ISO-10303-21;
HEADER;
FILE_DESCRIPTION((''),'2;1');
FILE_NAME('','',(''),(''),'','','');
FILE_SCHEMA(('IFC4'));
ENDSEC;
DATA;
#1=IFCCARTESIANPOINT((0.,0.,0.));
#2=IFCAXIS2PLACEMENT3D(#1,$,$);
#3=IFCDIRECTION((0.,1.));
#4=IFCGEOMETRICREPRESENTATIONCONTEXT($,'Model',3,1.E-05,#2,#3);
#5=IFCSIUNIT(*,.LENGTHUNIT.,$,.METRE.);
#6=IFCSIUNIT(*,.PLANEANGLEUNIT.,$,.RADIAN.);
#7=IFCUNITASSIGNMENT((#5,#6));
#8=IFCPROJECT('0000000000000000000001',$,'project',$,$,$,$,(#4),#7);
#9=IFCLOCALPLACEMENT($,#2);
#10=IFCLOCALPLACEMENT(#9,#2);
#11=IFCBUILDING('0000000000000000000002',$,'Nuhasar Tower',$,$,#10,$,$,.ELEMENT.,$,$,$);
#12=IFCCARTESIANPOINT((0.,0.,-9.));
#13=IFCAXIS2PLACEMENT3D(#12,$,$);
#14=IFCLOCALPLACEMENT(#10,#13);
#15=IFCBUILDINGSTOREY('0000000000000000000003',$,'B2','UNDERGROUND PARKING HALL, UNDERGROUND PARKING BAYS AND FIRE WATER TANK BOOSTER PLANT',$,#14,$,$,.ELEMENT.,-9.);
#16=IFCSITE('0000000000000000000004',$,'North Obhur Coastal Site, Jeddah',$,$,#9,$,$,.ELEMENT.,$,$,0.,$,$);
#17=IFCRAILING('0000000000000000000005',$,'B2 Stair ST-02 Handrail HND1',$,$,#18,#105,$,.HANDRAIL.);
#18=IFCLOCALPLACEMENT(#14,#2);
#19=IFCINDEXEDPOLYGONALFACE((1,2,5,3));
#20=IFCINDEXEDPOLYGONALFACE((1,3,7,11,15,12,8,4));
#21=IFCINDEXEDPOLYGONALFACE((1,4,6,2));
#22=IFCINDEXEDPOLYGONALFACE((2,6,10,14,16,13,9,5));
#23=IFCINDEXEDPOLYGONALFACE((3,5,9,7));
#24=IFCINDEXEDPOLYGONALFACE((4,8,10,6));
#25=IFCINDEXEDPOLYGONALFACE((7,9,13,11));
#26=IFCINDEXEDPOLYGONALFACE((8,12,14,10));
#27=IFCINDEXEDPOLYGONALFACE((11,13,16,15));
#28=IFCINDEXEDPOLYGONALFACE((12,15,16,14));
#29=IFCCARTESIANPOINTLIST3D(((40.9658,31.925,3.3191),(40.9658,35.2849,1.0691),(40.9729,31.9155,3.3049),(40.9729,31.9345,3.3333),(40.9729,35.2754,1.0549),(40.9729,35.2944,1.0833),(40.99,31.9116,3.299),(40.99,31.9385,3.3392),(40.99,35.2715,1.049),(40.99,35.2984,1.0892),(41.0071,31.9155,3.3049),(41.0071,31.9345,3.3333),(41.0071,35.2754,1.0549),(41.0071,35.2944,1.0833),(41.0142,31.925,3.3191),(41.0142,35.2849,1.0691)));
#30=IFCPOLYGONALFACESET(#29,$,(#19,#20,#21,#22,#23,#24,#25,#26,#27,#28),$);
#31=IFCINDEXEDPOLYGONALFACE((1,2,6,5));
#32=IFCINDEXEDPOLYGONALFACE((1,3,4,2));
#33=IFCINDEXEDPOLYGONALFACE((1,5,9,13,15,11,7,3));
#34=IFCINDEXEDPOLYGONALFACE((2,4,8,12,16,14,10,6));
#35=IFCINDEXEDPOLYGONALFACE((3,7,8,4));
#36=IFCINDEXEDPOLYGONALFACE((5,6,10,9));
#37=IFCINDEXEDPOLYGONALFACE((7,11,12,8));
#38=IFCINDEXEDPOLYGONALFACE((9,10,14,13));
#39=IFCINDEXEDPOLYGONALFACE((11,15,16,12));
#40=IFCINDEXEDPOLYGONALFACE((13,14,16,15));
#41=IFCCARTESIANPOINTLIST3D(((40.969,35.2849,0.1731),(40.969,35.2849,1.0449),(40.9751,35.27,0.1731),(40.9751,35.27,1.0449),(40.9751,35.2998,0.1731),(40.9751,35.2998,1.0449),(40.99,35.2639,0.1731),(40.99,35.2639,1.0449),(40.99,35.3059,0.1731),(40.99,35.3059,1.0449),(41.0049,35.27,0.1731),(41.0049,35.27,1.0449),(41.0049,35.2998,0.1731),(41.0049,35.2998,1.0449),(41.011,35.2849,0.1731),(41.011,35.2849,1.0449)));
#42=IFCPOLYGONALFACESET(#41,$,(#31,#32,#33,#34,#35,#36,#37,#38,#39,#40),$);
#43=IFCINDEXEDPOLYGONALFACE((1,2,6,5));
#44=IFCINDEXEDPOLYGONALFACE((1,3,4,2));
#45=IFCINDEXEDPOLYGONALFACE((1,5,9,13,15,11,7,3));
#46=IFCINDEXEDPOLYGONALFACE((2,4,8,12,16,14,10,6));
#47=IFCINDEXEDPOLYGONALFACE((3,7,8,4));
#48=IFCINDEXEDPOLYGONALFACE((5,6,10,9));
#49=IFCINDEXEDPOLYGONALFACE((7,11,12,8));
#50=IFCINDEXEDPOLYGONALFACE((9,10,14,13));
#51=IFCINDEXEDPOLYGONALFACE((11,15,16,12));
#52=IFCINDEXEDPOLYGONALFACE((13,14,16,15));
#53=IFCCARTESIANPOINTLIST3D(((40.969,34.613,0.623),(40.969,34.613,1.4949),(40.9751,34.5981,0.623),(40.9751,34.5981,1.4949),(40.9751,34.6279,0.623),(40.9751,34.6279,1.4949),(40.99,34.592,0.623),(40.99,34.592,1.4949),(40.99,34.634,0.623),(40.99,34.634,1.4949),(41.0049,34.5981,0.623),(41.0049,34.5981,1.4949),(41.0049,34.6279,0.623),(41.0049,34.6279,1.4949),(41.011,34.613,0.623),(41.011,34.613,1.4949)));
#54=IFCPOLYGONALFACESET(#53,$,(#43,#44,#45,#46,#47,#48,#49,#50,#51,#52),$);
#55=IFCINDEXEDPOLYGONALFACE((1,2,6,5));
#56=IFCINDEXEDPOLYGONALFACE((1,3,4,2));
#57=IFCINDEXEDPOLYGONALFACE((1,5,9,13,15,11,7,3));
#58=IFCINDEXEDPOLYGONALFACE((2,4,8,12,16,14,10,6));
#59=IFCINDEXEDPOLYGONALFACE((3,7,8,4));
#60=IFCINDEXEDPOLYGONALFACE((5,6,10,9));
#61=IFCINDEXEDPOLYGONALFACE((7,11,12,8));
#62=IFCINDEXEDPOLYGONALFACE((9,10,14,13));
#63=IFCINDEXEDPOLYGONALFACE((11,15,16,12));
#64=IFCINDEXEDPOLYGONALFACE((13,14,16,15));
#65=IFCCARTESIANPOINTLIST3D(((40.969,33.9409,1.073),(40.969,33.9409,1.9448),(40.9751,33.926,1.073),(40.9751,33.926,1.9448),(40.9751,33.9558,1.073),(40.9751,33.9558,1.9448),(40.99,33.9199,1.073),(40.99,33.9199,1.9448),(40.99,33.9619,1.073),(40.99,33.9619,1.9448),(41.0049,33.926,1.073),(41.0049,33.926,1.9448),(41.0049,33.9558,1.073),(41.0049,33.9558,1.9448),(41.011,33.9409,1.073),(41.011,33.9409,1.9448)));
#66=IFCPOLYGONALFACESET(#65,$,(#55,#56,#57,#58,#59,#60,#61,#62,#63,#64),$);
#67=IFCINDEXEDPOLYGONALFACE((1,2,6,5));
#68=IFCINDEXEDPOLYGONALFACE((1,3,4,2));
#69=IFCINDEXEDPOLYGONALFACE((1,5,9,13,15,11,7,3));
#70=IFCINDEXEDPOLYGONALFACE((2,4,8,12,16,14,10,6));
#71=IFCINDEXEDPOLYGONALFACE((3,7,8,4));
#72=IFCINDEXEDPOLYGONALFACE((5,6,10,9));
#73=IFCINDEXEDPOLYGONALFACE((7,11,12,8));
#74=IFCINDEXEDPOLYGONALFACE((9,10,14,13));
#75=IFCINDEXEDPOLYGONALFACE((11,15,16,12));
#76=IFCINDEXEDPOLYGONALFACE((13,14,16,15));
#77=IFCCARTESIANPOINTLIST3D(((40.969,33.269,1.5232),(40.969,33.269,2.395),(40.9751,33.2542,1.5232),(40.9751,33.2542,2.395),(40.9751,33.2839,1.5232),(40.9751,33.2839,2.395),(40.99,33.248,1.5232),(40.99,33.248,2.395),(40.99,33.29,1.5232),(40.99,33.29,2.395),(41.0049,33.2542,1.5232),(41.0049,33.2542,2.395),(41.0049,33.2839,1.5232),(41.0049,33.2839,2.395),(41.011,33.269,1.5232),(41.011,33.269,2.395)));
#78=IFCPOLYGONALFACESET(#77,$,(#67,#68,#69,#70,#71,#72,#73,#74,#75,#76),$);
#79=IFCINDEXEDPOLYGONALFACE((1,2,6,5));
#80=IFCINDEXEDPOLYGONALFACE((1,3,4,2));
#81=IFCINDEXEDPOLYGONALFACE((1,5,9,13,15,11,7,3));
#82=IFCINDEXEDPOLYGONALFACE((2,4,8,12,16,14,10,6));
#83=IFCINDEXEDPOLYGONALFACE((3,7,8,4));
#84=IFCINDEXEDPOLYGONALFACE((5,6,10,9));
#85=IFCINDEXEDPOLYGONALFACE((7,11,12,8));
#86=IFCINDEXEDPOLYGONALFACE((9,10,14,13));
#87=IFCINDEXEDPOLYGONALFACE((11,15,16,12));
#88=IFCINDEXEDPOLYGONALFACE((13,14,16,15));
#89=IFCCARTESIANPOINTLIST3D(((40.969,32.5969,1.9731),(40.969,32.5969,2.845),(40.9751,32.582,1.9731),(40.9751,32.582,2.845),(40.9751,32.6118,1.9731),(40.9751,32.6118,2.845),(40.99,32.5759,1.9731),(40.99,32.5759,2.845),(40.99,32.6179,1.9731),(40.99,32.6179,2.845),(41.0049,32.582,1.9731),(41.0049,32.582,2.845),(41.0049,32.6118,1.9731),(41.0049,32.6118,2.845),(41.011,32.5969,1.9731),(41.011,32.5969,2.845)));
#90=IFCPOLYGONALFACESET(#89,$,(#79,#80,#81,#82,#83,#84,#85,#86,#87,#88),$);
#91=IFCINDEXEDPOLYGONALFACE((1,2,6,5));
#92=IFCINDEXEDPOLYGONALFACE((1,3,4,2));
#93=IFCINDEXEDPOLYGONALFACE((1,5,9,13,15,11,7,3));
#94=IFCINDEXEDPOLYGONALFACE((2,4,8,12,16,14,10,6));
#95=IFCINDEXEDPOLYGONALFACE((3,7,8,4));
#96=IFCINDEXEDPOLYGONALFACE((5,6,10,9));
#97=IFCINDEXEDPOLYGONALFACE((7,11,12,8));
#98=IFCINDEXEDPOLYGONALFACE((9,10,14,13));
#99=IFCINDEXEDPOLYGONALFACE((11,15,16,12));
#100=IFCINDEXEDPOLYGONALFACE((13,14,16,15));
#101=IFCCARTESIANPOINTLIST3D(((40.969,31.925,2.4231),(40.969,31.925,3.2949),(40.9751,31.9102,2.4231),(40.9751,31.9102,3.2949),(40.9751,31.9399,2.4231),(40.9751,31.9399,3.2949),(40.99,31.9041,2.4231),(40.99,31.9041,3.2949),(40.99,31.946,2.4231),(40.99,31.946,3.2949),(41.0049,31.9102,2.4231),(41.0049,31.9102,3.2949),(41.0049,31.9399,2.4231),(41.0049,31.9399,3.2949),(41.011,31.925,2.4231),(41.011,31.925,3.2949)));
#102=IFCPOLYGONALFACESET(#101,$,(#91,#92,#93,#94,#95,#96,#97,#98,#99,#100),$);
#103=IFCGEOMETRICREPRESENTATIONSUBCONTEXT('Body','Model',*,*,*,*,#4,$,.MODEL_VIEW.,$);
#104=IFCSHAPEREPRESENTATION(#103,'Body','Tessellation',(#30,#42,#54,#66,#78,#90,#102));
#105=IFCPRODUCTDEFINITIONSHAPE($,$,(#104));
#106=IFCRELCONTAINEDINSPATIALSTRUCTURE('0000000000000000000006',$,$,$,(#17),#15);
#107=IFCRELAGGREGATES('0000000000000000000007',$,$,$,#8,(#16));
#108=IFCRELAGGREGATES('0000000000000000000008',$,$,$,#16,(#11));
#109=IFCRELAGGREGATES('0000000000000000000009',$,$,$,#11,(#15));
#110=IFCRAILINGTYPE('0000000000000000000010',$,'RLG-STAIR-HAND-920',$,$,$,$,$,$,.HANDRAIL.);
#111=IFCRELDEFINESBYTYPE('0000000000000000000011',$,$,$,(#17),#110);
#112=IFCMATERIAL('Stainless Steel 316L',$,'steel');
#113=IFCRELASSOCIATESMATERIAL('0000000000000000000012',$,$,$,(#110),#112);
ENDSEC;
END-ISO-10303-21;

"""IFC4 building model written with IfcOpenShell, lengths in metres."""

from ifc_helpers import new_model, si_unit, direction, frame, origin, place, context, subcontext, project, spatial, polyline, outline, extrude, material, type_object, element, save


model = new_model("IFC4")

# Units and contexts
model_context = context("Model", 3, precision=1e-05, world=origin(), true_north=direction((0.0, 1.0)))
body_context = subcontext(model_context, "Body", "Model", "MODEL_VIEW")
ifc_project = project(units=[si_unit("LENGTHUNIT", "METRE"), si_unit("PLANEANGLEUNIT", "RADIAN")], contexts=[model_context])

# Site, building, storey
site_placement = place(None, origin())
site = spatial("IfcSite", under=ifc_project, at=site_placement, Name="North Obhur Coastal Site, Jeddah", CompositionType="ELEMENT", RefElevation=0.0)
building_placement = place(site_placement, origin())
building = spatial("IfcBuilding", under=site, at=building_placement, Name="Nuhasar Tower", CompositionType="ELEMENT")
storey_placement = place(building_placement, frame((0.0, 0.0, -9.0)))
storey = spatial("IfcBuildingStorey", under=building, at=storey_placement, Name="B2", Description="UNDERGROUND PARKING HALL, UNDERGROUND PARKING BAYS AND FIRE WATER TANK BOOSTER PLANT", CompositionType="ELEMENT", Elevation=-9.0)

# Railing
ifc_material_1 = material(Name="Stainless Steel 316L", Category="steel")
railing_type_1 = type_object("IfcRailingType", Name="RLG-STAIR-HAND-920", PredefinedType="HANDRAIL", material=ifc_material_1)
railing_1_placement = place(storey_placement, frame((40.99, 35.2849, 0.1731)))
element("IfcRailing", 1, at=railing_1_placement, inside=storey, type_object=railing_type_1, Name="B2 Stair ST-02 Handrail HND1", PredefinedType="HANDRAIL", context=body_context, shape_type="SweptSolid", body=[
    extrude(outline(polyline([(0.0242, 0.0), (0.0171, 0.0171), (0.0, 0.0242), (-0.0171, 0.0171), (-0.0242, 0.0), (-0.0171, -0.0171), (0.0, -0.0242), (0.0171, -0.0171), (0.0242, 0.0)])), frame((0.0, 0.0, 0.896), z_axis=(0.0, -0.830897, 0.556427), x_axis=(1.0, 0.0, 0.0)), (0.0, 0.0, 1.0), 4.0437),
    extrude(outline(polyline([(0.021, 0.0), (0.0149, 0.0149), (0.0, 0.021), (-0.0149, 0.0149), (-0.021, 0.0), (-0.0149, -0.0149), (0.0, -0.021), (0.0149, -0.0149), (0.021, 0.0)])), origin(), (0.0, 0.0, 1.0), 0.8718),
    extrude(outline(polyline([(0.021, 0.0), (0.0149, 0.0149), (0.0, 0.021), (-0.0149, 0.0149), (-0.021, 0.0), (-0.0149, -0.0149), (0.0, -0.021), (0.0149, -0.0149), (0.021, 0.0)])), frame((0.0, -0.6719, 0.45)), (0.0, 0.0, 1.0), 0.8718),
    extrude(outline(polyline([(0.021, 0.0), (0.0149, 0.0149), (0.0, 0.021), (-0.0149, 0.0149), (-0.021, 0.0), (-0.0149, -0.0149), (0.0, -0.021), (0.0149, -0.0149), (0.021, 0.0)])), frame((0.0, -1.344, 0.8999)), (0.0, 0.0, 1.0), 0.8718),
    extrude(outline(polyline([(0.021, 0.0), (0.0149, 0.0149), (0.0, 0.021), (-0.0149, 0.0149), (-0.021, 0.0), (-0.0149, -0.0149), (0.0, -0.021), (0.0149, -0.0149), (0.021, 0.0)])), frame((0.0, -2.0159, 1.3501)), (0.0, 0.0, 1.0), 0.8718),
    extrude(outline(polyline([(0.021, 0.0), (0.0149, 0.0149), (0.0, 0.021), (-0.0149, 0.0149), (-0.021, 0.0), (-0.0149, -0.0149), (0.0, -0.021), (0.0149, -0.0149), (0.021, 0.0)])), frame((0.0, -2.688, 1.8)), (0.0, 0.0, 1.0), 0.8718),
    extrude(outline(polyline([(0.021, 0.0), (0.0149, 0.0149), (0.0, 0.021), (-0.0149, 0.0149), (-0.021, 0.0), (-0.0149, -0.0149), (0.0, -0.021), (0.0149, -0.0149), (0.021, 0.0)])), frame((0.0, -3.3599, 2.25)), (0.0, 0.0, 1.0), 0.8718),
])

save(model, "model.ifc")
